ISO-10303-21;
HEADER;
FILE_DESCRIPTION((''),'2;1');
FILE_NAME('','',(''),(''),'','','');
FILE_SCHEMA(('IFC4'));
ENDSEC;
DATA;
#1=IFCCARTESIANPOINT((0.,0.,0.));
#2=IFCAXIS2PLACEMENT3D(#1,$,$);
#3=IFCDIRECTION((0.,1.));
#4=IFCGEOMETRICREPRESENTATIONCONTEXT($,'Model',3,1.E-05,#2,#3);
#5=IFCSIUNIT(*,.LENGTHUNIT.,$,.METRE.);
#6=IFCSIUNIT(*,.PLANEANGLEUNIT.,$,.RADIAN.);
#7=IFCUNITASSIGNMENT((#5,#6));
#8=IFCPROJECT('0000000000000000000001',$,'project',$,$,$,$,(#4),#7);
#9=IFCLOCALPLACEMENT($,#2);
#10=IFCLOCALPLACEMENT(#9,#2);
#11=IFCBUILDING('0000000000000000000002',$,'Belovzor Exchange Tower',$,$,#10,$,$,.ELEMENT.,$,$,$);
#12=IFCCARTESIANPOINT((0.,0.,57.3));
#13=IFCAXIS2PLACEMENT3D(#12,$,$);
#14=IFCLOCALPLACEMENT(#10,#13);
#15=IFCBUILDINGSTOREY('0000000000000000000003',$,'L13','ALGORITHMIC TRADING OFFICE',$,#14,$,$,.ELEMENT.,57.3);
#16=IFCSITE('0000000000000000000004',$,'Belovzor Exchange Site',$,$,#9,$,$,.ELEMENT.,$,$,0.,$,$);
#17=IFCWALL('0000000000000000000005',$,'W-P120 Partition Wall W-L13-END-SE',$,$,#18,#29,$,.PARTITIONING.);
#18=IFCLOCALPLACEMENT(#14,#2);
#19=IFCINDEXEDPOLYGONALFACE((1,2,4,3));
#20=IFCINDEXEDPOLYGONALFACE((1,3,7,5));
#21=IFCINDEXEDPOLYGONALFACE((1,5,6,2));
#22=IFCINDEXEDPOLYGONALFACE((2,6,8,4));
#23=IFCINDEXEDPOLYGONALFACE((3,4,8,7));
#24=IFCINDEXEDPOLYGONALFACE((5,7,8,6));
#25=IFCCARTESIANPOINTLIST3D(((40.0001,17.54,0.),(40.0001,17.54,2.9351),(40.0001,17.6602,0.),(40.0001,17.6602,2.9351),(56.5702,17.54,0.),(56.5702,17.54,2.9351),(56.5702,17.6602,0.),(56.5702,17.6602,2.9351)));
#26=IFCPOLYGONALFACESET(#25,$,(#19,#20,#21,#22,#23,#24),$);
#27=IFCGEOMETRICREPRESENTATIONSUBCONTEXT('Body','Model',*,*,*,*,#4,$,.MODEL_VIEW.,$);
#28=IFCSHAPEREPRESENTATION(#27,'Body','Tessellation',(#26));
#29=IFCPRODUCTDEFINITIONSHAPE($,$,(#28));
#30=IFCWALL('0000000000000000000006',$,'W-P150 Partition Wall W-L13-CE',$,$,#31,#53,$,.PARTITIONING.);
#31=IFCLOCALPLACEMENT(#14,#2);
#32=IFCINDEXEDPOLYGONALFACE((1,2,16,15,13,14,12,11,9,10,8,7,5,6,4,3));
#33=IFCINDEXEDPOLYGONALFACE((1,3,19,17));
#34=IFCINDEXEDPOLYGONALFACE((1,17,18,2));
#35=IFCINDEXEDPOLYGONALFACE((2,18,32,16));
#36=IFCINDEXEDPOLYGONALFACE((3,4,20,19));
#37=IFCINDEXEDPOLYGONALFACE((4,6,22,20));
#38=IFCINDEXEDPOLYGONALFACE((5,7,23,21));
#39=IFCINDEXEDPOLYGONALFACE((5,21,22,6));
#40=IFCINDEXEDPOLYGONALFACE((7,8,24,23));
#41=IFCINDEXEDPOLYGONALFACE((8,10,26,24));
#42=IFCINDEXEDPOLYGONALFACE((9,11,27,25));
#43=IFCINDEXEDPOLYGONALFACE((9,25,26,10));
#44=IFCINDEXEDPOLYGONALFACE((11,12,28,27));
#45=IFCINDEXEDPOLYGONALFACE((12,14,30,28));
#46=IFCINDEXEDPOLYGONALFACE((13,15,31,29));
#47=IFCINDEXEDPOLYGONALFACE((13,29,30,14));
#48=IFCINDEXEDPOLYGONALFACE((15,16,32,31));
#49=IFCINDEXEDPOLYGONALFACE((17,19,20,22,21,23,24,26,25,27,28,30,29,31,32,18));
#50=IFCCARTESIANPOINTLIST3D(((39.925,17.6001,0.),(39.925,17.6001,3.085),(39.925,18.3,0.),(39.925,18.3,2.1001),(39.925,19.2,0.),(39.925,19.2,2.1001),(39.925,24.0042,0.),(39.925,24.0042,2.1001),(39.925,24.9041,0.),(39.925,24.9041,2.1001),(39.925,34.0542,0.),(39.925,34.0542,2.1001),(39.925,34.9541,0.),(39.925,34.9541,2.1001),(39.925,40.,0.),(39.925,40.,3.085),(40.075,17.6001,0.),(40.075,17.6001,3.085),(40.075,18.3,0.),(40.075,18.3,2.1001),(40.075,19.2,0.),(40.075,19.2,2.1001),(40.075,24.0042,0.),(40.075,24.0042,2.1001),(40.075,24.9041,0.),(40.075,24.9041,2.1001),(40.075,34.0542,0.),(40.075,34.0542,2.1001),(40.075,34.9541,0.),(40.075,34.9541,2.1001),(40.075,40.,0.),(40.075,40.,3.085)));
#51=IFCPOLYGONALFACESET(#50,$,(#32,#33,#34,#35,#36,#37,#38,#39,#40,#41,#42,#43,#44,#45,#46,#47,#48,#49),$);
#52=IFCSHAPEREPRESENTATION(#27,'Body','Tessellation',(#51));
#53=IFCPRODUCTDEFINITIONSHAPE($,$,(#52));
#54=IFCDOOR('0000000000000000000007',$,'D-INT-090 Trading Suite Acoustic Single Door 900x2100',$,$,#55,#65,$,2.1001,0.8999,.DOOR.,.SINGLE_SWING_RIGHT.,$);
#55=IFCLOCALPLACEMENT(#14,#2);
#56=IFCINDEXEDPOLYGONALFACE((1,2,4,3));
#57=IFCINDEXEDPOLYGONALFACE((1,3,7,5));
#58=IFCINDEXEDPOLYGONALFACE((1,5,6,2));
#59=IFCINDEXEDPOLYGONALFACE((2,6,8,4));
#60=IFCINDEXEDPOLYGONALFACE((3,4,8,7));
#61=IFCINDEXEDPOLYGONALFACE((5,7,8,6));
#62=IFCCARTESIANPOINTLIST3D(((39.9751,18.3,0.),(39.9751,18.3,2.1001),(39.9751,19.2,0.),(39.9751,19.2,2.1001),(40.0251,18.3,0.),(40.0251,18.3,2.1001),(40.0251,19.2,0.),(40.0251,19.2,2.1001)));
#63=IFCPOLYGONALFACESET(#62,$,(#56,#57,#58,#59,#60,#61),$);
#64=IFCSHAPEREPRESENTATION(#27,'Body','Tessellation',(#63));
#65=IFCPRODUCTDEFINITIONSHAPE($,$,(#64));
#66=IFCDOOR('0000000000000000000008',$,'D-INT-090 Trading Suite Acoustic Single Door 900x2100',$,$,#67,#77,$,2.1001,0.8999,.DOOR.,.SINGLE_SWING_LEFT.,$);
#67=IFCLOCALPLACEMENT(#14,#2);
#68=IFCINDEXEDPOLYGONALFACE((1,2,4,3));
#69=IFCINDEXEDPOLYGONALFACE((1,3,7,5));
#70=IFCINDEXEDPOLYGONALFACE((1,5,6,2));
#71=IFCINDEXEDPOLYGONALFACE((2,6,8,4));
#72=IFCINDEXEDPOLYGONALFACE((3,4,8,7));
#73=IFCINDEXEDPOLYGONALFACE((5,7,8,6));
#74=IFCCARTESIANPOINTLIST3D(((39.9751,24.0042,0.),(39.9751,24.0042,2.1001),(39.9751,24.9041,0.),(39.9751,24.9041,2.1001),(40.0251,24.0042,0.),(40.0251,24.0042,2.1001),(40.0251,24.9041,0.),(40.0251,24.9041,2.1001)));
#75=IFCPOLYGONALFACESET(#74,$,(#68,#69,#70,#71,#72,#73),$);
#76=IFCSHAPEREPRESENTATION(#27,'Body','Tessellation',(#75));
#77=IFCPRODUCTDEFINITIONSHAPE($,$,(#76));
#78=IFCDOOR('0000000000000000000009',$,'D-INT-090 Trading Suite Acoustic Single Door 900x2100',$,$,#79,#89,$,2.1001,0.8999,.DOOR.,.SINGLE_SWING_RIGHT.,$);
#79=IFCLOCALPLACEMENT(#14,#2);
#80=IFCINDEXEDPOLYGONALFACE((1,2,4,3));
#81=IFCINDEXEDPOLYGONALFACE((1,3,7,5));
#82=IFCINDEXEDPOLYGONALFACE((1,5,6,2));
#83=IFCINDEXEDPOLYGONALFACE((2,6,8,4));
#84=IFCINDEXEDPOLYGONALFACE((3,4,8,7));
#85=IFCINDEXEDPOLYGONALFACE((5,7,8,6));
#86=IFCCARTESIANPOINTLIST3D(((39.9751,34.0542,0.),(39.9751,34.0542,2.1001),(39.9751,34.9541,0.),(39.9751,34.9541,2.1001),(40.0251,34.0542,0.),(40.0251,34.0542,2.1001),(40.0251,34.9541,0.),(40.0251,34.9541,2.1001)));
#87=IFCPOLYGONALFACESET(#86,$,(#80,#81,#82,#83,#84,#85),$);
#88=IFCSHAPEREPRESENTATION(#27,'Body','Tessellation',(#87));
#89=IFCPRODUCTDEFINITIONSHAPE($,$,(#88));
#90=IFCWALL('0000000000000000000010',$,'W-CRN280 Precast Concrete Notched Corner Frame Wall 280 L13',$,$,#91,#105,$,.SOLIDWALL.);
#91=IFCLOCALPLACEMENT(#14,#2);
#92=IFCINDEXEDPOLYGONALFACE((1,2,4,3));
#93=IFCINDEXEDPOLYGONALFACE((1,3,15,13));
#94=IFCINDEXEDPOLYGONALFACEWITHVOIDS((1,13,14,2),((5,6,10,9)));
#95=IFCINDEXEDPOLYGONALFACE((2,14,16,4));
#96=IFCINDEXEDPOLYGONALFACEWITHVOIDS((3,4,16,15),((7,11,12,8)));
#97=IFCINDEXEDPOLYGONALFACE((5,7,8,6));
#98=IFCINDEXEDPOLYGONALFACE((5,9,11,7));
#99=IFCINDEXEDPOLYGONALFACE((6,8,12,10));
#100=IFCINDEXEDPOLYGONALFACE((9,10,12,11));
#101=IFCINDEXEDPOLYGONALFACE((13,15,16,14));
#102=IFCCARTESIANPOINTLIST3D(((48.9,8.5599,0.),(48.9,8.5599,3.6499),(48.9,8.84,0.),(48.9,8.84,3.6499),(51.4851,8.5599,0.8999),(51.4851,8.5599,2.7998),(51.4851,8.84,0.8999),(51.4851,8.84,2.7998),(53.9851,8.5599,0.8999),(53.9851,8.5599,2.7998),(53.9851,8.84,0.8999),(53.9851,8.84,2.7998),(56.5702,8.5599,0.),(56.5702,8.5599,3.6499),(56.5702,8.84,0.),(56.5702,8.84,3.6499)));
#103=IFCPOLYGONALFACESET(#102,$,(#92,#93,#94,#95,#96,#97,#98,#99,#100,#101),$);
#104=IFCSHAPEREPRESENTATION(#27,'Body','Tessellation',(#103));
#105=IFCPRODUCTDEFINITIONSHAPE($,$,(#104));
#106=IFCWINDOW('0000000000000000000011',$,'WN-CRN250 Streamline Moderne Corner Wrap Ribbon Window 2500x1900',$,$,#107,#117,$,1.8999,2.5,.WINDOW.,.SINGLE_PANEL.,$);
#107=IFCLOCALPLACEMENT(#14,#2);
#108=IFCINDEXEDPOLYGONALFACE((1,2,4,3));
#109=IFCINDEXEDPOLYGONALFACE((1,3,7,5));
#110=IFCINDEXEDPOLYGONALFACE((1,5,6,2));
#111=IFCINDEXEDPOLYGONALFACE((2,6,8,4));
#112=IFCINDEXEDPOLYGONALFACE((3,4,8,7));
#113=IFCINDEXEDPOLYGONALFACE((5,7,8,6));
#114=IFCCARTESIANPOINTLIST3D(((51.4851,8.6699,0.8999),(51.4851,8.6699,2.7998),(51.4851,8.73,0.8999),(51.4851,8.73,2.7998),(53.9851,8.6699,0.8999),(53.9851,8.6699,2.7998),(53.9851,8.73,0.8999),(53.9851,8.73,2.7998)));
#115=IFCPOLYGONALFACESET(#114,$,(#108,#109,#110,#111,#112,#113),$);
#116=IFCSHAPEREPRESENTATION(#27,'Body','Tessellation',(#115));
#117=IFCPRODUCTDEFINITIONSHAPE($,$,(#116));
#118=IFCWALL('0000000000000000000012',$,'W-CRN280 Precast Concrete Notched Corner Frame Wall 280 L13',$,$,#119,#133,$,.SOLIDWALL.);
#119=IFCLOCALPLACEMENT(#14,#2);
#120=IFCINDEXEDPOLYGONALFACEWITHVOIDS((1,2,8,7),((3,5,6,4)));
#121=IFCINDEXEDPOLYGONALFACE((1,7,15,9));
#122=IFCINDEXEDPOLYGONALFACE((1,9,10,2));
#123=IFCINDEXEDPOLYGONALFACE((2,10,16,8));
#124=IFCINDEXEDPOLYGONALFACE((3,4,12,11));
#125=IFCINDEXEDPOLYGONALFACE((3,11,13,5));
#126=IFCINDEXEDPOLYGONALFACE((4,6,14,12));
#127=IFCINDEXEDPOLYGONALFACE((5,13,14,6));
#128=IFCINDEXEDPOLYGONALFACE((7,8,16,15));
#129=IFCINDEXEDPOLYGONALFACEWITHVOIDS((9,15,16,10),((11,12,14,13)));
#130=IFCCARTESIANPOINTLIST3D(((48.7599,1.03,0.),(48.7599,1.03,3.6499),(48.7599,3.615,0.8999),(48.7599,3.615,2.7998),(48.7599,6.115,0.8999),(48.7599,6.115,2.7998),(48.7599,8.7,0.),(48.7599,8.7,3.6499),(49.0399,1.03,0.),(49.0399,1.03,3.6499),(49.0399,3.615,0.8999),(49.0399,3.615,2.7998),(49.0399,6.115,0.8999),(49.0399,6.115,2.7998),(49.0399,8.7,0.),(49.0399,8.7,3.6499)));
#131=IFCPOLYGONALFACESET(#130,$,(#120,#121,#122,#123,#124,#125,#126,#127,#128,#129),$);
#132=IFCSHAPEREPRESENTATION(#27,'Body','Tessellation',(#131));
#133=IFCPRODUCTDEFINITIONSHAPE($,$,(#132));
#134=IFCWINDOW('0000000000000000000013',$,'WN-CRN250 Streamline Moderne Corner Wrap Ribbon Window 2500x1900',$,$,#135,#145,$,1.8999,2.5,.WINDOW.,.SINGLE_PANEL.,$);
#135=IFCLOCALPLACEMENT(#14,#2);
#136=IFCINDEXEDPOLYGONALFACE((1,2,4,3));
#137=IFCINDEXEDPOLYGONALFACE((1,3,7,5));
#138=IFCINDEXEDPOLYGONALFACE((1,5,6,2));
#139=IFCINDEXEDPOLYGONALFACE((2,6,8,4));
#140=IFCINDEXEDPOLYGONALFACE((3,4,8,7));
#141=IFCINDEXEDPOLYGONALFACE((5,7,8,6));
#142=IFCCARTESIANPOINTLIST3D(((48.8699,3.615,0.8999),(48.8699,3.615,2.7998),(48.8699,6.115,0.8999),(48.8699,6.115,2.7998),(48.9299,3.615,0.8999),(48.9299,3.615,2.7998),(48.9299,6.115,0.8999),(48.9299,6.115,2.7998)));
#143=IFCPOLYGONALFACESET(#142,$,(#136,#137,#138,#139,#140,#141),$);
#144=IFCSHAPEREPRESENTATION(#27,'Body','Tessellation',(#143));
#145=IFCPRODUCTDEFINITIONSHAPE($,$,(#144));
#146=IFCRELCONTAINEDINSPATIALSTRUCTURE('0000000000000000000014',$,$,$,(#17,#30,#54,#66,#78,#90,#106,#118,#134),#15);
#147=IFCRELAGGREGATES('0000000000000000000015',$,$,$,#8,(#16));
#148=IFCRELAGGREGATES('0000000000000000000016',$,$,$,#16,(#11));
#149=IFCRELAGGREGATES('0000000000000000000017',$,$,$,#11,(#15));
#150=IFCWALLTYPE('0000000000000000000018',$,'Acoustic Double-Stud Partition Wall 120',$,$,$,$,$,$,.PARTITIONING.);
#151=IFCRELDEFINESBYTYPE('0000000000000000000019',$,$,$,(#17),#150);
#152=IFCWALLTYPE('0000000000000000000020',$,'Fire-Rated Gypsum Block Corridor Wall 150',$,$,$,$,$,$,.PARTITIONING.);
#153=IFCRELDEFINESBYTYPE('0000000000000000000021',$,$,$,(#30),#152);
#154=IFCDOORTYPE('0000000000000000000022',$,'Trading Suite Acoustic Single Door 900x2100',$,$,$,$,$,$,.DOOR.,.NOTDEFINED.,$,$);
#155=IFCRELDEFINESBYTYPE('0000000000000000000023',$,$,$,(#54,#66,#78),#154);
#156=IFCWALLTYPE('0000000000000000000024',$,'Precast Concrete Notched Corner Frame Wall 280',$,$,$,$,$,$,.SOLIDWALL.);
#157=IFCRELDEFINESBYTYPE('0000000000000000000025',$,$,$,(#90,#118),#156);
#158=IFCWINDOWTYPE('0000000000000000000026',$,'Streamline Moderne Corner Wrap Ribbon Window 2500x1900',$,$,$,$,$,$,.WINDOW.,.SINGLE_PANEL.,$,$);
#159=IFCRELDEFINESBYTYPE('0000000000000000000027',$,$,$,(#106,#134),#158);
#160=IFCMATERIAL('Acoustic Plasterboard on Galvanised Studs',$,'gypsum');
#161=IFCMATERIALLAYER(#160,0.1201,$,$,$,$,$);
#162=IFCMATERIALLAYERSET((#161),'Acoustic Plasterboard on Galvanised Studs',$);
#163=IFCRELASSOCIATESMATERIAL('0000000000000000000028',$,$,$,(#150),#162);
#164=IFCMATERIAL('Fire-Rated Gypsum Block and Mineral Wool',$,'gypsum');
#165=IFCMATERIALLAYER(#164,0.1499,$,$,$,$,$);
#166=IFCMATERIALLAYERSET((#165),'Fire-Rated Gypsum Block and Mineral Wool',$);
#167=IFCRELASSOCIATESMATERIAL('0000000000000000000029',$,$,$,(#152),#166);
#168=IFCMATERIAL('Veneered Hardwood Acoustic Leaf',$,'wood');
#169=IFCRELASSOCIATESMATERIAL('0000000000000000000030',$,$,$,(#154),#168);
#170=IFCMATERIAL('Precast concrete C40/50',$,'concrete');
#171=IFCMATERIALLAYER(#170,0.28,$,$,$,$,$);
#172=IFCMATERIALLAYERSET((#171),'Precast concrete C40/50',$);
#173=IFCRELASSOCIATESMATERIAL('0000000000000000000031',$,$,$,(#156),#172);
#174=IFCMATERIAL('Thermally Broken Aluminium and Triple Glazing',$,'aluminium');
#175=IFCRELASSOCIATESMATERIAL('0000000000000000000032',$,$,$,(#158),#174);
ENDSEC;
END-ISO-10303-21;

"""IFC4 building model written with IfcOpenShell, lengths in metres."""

from ifc_helpers import new_model, si_unit, direction, frame, frame_2d, origin, place, context, subcontext, project, spatial, rectangle, extrude, material, layer, layer_set, type_object, element, fill, save


model = new_model("IFC4")

# Units and contexts
model_context = context("Model", 3, precision=1e-05, world=origin(), true_north=direction((0.0, 1.0)))
body_context = subcontext(model_context, "Body", "Model", "MODEL_VIEW")
ifc_project = project(units=[si_unit("LENGTHUNIT", "METRE"), si_unit("PLANEANGLEUNIT", "RADIAN")], contexts=[model_context])

# Site, building, storey
site_placement = place(None, origin())
site = spatial("IfcSite", under=ifc_project, at=site_placement, Name="Belovzor Exchange Site", CompositionType="ELEMENT", RefElevation=0.0)
building_placement = place(site_placement, origin())
building = spatial("IfcBuilding", under=site, at=building_placement, Name="Belovzor Exchange Tower", CompositionType="ELEMENT")
storey_placement = place(building_placement, frame((0.0, 0.0, 57.3)))
storey = spatial("IfcBuildingStorey", under=building, at=storey_placement, Name="L13", Description="ALGORITHMIC TRADING OFFICE", CompositionType="ELEMENT", Elevation=57.3)

# Wall
ifc_material_1 = material(Name="Acoustic Plasterboard on Galvanised Studs", Category="gypsum")
ifc_layer_1 = layer(ifc_material_1, 0.1201)
ifc_layer_set_1 = layer_set([ifc_layer_1], Name="Acoustic Plasterboard on Galvanised Studs")
wall_type_1 = type_object("IfcWallType", Name="Acoustic Double-Stud Partition Wall 120", PredefinedType="PARTITIONING", material=ifc_layer_set_1)
wall_1_placement = place(storey_placement, frame((40.0, 17.6001, 0.0), z_axis=(0.0, 0.0, 1.0), x_axis=(1.0, 0.0, 0.0)))
element("IfcWall", 1, at=wall_1_placement, inside=storey, type_object=wall_type_1, Name="W-P120 Partition Wall W-L13-END-SE", PredefinedType="PARTITIONING", context=body_context, shape_type="SweptSolid", body=[
    extrude(rectangle(XDim=16.5701, YDim=0.1201, at=frame_2d((8.2852, 0.0))), origin(), (0.0, 0.0, 1.0), 2.9351),
])

# Wall, openings, doors
ifc_material_2 = material(Name="Fire-Rated Gypsum Block and Mineral Wool", Category="gypsum")
ifc_layer_2 = layer(ifc_material_2, 0.1499)
ifc_layer_set_2 = layer_set([ifc_layer_2], Name="Fire-Rated Gypsum Block and Mineral Wool")
wall_type_2 = type_object("IfcWallType", Name="Fire-Rated Gypsum Block Corridor Wall 150", PredefinedType="PARTITIONING", material=ifc_layer_set_2)
wall_2_placement = place(storey_placement, frame((40.0, 17.6001, 0.0), z_axis=(0.0, 0.0, 1.0), x_axis=(0.0, 1.0, 0.0)))
wall_2 = element("IfcWall", 2, at=wall_2_placement, inside=storey, type_object=wall_type_2, Name="W-P150 Partition Wall W-L13-CE", PredefinedType="PARTITIONING", context=body_context, shape_type="SweptSolid", body=[
    extrude(rectangle(XDim=22.3999, YDim=0.1499, at=frame_2d((11.2, 0.0))), origin(), (0.0, 0.0, 1.0), 3.085),
])
opening_1_placement = place(wall_2_placement, frame((0.7, 0.0, 0.0)))
opening_1 = element("IfcOpeningElement", 3, at=opening_1_placement, cuts=wall_2, PredefinedType="OPENING", context=body_context, shape_type="SweptSolid", body=[
    extrude(rectangle(XDim=0.8999, YDim=2.1001, at=frame_2d((0.45, 1.05))), frame((0.0, 0.085, 0.0), z_axis=(0.0, -1.0, 0.0), x_axis=(1.0, 0.0, 0.0)), (0.0, 0.0, 1.0), 0.1699),
])
opening_2_placement = place(wall_2_placement, frame((6.4041, 0.0, 0.0)))
opening_2 = element("IfcOpeningElement", 4, at=opening_2_placement, cuts=wall_2, PredefinedType="OPENING", context=body_context, shape_type="SweptSolid", body=[
    extrude(rectangle(XDim=0.8999, YDim=2.1001, at=frame_2d((0.45, 1.05))), frame((0.0, 0.085, 0.0), z_axis=(0.0, -1.0, 0.0), x_axis=(1.0, 0.0, 0.0)), (0.0, 0.0, 1.0), 0.1699),
])
opening_3_placement = place(wall_2_placement, frame((16.4541, 0.0, 0.0)))
opening_3 = element("IfcOpeningElement", 5, at=opening_3_placement, cuts=wall_2, PredefinedType="OPENING", context=body_context, shape_type="SweptSolid", body=[
    extrude(rectangle(XDim=0.8999, YDim=2.1001, at=frame_2d((0.45, 1.05))), frame((0.0, 0.085, 0.0), z_axis=(0.0, -1.0, 0.0), x_axis=(1.0, 0.0, 0.0)), (0.0, 0.0, 1.0), 0.1699),
])
ifc_material_3 = material(Name="Veneered Hardwood Acoustic Leaf", Category="wood")
door_type_1 = type_object("IfcDoorType", Name="Trading Suite Acoustic Single Door 900x2100", OperationType="NOTDEFINED", PredefinedType="DOOR", material=ifc_material_3)
door_1_placement = place(opening_1_placement, origin())
door_1 = element("IfcDoor", 6, at=door_1_placement, inside=storey, type_object=door_type_1, Name="D-INT-090 Trading Suite Acoustic Single Door 900x2100", OperationType="SINGLE_SWING_RIGHT", OverallHeight=2.1001, OverallWidth=0.8999, PredefinedType="DOOR", context=body_context, shape_type="SweptSolid", body=[
    extrude(rectangle(XDim=0.8999, YDim=2.1001, at=frame_2d((0.45, 1.05))), frame((0.0, 0.0249, 0.0), z_axis=(0.0, -1.0, 0.0), x_axis=(1.0, 0.0, 0.0)), (0.0, 0.0, 1.0), 0.05),
])
fill(opening_1, door_1)
door_2_placement = place(opening_2_placement, origin())
door_2 = element("IfcDoor", 7, at=door_2_placement, inside=storey, type_object=door_type_1, Name="D-INT-090 Trading Suite Acoustic Single Door 900x2100", OperationType="SINGLE_SWING_LEFT", OverallHeight=2.1001, OverallWidth=0.8999, PredefinedType="DOOR", context=body_context, shape_type="SweptSolid", body=[
    extrude(rectangle(XDim=0.8999, YDim=2.1001, at=frame_2d((0.45, 1.05))), frame((0.0, 0.0249, 0.0), z_axis=(0.0, -1.0, 0.0), x_axis=(1.0, 0.0, 0.0)), (0.0, 0.0, 1.0), 0.05),
])
fill(opening_2, door_2)
door_3_placement = place(opening_3_placement, origin())
door_3 = element("IfcDoor", 8, at=door_3_placement, inside=storey, type_object=door_type_1, Name="D-INT-090 Trading Suite Acoustic Single Door 900x2100", OperationType="SINGLE_SWING_RIGHT", OverallHeight=2.1001, OverallWidth=0.8999, PredefinedType="DOOR", context=body_context, shape_type="SweptSolid", body=[
    extrude(rectangle(XDim=0.8999, YDim=2.1001, at=frame_2d((0.45, 1.05))), frame((0.0, 0.0249, 0.0), z_axis=(0.0, -1.0, 0.0), x_axis=(1.0, 0.0, 0.0)), (0.0, 0.0, 1.0), 0.05),
])
fill(opening_3, door_3)

# Walls, openings, windows
ifc_material_4 = material(Name="Precast concrete C40/50", Category="concrete")
ifc_layer_3 = layer(ifc_material_4, 0.28)
ifc_layer_set_3 = layer_set([ifc_layer_3], Name="Precast concrete C40/50")
wall_type_3 = type_object("IfcWallType", Name="Precast Concrete Notched Corner Frame Wall 280", PredefinedType="SOLIDWALL", material=ifc_layer_set_3)
wall_3_placement = place(storey_placement, frame((56.5701, 8.7, 0.0), z_axis=(0.0, 0.0, 1.0), x_axis=(-1.0, 0.0, 0.0)))
wall_3 = element("IfcWall", 9, at=wall_3_placement, inside=storey, type_object=wall_type_3, Name="W-CRN280 Precast Concrete Notched Corner Frame Wall 280 L13", PredefinedType="SOLIDWALL", context=body_context, shape_type="SweptSolid", body=[
    extrude(rectangle(XDim=7.6702, YDim=0.28, at=frame_2d((3.835, 0.0))), origin(), (0.0, 0.0, 1.0), 3.6499),
])
opening_4_placement = place(wall_3_placement, frame((2.585, 0.0, 0.8999)))
opening_4 = element("IfcOpeningElement", 10, at=opening_4_placement, cuts=wall_3, PredefinedType="OPENING", context=body_context, shape_type="SweptSolid", body=[
    extrude(rectangle(XDim=2.5, YDim=1.8999, at=frame_2d((1.25, 0.95))), frame((0.0, 0.1499, 0.0), z_axis=(0.0, -1.0, 0.0), x_axis=(1.0, 0.0, 0.0)), (0.0, 0.0, 1.0), 0.3),
])
ifc_material_5 = material(Name="Thermally Broken Aluminium and Triple Glazing", Category="aluminium")
window_type = type_object("IfcWindowType", Name="Streamline Moderne Corner Wrap Ribbon Window 2500x1900", PartitioningType="SINGLE_PANEL", PredefinedType="WINDOW", material=ifc_material_5)
window_1_placement = place(opening_4_placement, origin())
window_1 = element("IfcWindow", 11, at=window_1_placement, inside=storey, type_object=window_type, Name="WN-CRN250 Streamline Moderne Corner Wrap Ribbon Window 2500x1900", OverallHeight=1.8999, OverallWidth=2.5, PartitioningType="SINGLE_PANEL", PredefinedType="WINDOW", context=body_context, shape_type="SweptSolid", body=[
    extrude(rectangle(XDim=2.5, YDim=1.8999, at=frame_2d((1.25, 0.95))), frame((0.0, 0.03, 0.0), z_axis=(0.0, -1.0, 0.0), x_axis=(1.0, 0.0, 0.0)), (0.0, 0.0, 1.0), 0.0601),
])
fill(opening_4, window_1)
wall_4_placement = place(storey_placement, frame((48.8999, 8.7, 0.0), z_axis=(0.0, 0.0, 1.0), x_axis=(0.0, -1.0, 0.0)))
wall_4 = element("IfcWall", 12, at=wall_4_placement, inside=storey, type_object=wall_type_3, Name="W-CRN280 Precast Concrete Notched Corner Frame Wall 280 L13", PredefinedType="SOLIDWALL", context=body_context, shape_type="SweptSolid", body=[
    extrude(rectangle(XDim=7.6699, YDim=0.28, at=frame_2d((3.835, 0.0))), origin(), (0.0, 0.0, 1.0), 3.6499),
])
opening_5_placement = place(wall_4_placement, frame((2.585, 0.0, 0.8999)))
opening_5 = element("IfcOpeningElement", 13, at=opening_5_placement, cuts=wall_4, PredefinedType="OPENING", context=body_context, shape_type="SweptSolid", body=[
    extrude(rectangle(XDim=2.5, YDim=1.8999, at=frame_2d((1.25, 0.95))), frame((0.0, 0.1499, 0.0), z_axis=(0.0, -1.0, 0.0), x_axis=(1.0, 0.0, 0.0)), (0.0, 0.0, 1.0), 0.3),
])
window_2_placement = place(opening_5_placement, origin())
window_2 = element("IfcWindow", 14, at=window_2_placement, inside=storey, type_object=window_type, Name="WN-CRN250 Streamline Moderne Corner Wrap Ribbon Window 2500x1900", OverallHeight=1.8999, OverallWidth=2.5, PartitioningType="SINGLE_PANEL", PredefinedType="WINDOW", context=body_context, shape_type="SweptSolid", body=[
    extrude(rectangle(XDim=2.5, YDim=1.8999, at=frame_2d((1.25, 0.95))), frame((0.0, 0.03, 0.0), z_axis=(0.0, -1.0, 0.0), x_axis=(1.0, 0.0, 0.0)), (0.0, 0.0, 1.0), 0.0601),
])
fill(opening_5, window_2)

save(model, "model.ifc")
